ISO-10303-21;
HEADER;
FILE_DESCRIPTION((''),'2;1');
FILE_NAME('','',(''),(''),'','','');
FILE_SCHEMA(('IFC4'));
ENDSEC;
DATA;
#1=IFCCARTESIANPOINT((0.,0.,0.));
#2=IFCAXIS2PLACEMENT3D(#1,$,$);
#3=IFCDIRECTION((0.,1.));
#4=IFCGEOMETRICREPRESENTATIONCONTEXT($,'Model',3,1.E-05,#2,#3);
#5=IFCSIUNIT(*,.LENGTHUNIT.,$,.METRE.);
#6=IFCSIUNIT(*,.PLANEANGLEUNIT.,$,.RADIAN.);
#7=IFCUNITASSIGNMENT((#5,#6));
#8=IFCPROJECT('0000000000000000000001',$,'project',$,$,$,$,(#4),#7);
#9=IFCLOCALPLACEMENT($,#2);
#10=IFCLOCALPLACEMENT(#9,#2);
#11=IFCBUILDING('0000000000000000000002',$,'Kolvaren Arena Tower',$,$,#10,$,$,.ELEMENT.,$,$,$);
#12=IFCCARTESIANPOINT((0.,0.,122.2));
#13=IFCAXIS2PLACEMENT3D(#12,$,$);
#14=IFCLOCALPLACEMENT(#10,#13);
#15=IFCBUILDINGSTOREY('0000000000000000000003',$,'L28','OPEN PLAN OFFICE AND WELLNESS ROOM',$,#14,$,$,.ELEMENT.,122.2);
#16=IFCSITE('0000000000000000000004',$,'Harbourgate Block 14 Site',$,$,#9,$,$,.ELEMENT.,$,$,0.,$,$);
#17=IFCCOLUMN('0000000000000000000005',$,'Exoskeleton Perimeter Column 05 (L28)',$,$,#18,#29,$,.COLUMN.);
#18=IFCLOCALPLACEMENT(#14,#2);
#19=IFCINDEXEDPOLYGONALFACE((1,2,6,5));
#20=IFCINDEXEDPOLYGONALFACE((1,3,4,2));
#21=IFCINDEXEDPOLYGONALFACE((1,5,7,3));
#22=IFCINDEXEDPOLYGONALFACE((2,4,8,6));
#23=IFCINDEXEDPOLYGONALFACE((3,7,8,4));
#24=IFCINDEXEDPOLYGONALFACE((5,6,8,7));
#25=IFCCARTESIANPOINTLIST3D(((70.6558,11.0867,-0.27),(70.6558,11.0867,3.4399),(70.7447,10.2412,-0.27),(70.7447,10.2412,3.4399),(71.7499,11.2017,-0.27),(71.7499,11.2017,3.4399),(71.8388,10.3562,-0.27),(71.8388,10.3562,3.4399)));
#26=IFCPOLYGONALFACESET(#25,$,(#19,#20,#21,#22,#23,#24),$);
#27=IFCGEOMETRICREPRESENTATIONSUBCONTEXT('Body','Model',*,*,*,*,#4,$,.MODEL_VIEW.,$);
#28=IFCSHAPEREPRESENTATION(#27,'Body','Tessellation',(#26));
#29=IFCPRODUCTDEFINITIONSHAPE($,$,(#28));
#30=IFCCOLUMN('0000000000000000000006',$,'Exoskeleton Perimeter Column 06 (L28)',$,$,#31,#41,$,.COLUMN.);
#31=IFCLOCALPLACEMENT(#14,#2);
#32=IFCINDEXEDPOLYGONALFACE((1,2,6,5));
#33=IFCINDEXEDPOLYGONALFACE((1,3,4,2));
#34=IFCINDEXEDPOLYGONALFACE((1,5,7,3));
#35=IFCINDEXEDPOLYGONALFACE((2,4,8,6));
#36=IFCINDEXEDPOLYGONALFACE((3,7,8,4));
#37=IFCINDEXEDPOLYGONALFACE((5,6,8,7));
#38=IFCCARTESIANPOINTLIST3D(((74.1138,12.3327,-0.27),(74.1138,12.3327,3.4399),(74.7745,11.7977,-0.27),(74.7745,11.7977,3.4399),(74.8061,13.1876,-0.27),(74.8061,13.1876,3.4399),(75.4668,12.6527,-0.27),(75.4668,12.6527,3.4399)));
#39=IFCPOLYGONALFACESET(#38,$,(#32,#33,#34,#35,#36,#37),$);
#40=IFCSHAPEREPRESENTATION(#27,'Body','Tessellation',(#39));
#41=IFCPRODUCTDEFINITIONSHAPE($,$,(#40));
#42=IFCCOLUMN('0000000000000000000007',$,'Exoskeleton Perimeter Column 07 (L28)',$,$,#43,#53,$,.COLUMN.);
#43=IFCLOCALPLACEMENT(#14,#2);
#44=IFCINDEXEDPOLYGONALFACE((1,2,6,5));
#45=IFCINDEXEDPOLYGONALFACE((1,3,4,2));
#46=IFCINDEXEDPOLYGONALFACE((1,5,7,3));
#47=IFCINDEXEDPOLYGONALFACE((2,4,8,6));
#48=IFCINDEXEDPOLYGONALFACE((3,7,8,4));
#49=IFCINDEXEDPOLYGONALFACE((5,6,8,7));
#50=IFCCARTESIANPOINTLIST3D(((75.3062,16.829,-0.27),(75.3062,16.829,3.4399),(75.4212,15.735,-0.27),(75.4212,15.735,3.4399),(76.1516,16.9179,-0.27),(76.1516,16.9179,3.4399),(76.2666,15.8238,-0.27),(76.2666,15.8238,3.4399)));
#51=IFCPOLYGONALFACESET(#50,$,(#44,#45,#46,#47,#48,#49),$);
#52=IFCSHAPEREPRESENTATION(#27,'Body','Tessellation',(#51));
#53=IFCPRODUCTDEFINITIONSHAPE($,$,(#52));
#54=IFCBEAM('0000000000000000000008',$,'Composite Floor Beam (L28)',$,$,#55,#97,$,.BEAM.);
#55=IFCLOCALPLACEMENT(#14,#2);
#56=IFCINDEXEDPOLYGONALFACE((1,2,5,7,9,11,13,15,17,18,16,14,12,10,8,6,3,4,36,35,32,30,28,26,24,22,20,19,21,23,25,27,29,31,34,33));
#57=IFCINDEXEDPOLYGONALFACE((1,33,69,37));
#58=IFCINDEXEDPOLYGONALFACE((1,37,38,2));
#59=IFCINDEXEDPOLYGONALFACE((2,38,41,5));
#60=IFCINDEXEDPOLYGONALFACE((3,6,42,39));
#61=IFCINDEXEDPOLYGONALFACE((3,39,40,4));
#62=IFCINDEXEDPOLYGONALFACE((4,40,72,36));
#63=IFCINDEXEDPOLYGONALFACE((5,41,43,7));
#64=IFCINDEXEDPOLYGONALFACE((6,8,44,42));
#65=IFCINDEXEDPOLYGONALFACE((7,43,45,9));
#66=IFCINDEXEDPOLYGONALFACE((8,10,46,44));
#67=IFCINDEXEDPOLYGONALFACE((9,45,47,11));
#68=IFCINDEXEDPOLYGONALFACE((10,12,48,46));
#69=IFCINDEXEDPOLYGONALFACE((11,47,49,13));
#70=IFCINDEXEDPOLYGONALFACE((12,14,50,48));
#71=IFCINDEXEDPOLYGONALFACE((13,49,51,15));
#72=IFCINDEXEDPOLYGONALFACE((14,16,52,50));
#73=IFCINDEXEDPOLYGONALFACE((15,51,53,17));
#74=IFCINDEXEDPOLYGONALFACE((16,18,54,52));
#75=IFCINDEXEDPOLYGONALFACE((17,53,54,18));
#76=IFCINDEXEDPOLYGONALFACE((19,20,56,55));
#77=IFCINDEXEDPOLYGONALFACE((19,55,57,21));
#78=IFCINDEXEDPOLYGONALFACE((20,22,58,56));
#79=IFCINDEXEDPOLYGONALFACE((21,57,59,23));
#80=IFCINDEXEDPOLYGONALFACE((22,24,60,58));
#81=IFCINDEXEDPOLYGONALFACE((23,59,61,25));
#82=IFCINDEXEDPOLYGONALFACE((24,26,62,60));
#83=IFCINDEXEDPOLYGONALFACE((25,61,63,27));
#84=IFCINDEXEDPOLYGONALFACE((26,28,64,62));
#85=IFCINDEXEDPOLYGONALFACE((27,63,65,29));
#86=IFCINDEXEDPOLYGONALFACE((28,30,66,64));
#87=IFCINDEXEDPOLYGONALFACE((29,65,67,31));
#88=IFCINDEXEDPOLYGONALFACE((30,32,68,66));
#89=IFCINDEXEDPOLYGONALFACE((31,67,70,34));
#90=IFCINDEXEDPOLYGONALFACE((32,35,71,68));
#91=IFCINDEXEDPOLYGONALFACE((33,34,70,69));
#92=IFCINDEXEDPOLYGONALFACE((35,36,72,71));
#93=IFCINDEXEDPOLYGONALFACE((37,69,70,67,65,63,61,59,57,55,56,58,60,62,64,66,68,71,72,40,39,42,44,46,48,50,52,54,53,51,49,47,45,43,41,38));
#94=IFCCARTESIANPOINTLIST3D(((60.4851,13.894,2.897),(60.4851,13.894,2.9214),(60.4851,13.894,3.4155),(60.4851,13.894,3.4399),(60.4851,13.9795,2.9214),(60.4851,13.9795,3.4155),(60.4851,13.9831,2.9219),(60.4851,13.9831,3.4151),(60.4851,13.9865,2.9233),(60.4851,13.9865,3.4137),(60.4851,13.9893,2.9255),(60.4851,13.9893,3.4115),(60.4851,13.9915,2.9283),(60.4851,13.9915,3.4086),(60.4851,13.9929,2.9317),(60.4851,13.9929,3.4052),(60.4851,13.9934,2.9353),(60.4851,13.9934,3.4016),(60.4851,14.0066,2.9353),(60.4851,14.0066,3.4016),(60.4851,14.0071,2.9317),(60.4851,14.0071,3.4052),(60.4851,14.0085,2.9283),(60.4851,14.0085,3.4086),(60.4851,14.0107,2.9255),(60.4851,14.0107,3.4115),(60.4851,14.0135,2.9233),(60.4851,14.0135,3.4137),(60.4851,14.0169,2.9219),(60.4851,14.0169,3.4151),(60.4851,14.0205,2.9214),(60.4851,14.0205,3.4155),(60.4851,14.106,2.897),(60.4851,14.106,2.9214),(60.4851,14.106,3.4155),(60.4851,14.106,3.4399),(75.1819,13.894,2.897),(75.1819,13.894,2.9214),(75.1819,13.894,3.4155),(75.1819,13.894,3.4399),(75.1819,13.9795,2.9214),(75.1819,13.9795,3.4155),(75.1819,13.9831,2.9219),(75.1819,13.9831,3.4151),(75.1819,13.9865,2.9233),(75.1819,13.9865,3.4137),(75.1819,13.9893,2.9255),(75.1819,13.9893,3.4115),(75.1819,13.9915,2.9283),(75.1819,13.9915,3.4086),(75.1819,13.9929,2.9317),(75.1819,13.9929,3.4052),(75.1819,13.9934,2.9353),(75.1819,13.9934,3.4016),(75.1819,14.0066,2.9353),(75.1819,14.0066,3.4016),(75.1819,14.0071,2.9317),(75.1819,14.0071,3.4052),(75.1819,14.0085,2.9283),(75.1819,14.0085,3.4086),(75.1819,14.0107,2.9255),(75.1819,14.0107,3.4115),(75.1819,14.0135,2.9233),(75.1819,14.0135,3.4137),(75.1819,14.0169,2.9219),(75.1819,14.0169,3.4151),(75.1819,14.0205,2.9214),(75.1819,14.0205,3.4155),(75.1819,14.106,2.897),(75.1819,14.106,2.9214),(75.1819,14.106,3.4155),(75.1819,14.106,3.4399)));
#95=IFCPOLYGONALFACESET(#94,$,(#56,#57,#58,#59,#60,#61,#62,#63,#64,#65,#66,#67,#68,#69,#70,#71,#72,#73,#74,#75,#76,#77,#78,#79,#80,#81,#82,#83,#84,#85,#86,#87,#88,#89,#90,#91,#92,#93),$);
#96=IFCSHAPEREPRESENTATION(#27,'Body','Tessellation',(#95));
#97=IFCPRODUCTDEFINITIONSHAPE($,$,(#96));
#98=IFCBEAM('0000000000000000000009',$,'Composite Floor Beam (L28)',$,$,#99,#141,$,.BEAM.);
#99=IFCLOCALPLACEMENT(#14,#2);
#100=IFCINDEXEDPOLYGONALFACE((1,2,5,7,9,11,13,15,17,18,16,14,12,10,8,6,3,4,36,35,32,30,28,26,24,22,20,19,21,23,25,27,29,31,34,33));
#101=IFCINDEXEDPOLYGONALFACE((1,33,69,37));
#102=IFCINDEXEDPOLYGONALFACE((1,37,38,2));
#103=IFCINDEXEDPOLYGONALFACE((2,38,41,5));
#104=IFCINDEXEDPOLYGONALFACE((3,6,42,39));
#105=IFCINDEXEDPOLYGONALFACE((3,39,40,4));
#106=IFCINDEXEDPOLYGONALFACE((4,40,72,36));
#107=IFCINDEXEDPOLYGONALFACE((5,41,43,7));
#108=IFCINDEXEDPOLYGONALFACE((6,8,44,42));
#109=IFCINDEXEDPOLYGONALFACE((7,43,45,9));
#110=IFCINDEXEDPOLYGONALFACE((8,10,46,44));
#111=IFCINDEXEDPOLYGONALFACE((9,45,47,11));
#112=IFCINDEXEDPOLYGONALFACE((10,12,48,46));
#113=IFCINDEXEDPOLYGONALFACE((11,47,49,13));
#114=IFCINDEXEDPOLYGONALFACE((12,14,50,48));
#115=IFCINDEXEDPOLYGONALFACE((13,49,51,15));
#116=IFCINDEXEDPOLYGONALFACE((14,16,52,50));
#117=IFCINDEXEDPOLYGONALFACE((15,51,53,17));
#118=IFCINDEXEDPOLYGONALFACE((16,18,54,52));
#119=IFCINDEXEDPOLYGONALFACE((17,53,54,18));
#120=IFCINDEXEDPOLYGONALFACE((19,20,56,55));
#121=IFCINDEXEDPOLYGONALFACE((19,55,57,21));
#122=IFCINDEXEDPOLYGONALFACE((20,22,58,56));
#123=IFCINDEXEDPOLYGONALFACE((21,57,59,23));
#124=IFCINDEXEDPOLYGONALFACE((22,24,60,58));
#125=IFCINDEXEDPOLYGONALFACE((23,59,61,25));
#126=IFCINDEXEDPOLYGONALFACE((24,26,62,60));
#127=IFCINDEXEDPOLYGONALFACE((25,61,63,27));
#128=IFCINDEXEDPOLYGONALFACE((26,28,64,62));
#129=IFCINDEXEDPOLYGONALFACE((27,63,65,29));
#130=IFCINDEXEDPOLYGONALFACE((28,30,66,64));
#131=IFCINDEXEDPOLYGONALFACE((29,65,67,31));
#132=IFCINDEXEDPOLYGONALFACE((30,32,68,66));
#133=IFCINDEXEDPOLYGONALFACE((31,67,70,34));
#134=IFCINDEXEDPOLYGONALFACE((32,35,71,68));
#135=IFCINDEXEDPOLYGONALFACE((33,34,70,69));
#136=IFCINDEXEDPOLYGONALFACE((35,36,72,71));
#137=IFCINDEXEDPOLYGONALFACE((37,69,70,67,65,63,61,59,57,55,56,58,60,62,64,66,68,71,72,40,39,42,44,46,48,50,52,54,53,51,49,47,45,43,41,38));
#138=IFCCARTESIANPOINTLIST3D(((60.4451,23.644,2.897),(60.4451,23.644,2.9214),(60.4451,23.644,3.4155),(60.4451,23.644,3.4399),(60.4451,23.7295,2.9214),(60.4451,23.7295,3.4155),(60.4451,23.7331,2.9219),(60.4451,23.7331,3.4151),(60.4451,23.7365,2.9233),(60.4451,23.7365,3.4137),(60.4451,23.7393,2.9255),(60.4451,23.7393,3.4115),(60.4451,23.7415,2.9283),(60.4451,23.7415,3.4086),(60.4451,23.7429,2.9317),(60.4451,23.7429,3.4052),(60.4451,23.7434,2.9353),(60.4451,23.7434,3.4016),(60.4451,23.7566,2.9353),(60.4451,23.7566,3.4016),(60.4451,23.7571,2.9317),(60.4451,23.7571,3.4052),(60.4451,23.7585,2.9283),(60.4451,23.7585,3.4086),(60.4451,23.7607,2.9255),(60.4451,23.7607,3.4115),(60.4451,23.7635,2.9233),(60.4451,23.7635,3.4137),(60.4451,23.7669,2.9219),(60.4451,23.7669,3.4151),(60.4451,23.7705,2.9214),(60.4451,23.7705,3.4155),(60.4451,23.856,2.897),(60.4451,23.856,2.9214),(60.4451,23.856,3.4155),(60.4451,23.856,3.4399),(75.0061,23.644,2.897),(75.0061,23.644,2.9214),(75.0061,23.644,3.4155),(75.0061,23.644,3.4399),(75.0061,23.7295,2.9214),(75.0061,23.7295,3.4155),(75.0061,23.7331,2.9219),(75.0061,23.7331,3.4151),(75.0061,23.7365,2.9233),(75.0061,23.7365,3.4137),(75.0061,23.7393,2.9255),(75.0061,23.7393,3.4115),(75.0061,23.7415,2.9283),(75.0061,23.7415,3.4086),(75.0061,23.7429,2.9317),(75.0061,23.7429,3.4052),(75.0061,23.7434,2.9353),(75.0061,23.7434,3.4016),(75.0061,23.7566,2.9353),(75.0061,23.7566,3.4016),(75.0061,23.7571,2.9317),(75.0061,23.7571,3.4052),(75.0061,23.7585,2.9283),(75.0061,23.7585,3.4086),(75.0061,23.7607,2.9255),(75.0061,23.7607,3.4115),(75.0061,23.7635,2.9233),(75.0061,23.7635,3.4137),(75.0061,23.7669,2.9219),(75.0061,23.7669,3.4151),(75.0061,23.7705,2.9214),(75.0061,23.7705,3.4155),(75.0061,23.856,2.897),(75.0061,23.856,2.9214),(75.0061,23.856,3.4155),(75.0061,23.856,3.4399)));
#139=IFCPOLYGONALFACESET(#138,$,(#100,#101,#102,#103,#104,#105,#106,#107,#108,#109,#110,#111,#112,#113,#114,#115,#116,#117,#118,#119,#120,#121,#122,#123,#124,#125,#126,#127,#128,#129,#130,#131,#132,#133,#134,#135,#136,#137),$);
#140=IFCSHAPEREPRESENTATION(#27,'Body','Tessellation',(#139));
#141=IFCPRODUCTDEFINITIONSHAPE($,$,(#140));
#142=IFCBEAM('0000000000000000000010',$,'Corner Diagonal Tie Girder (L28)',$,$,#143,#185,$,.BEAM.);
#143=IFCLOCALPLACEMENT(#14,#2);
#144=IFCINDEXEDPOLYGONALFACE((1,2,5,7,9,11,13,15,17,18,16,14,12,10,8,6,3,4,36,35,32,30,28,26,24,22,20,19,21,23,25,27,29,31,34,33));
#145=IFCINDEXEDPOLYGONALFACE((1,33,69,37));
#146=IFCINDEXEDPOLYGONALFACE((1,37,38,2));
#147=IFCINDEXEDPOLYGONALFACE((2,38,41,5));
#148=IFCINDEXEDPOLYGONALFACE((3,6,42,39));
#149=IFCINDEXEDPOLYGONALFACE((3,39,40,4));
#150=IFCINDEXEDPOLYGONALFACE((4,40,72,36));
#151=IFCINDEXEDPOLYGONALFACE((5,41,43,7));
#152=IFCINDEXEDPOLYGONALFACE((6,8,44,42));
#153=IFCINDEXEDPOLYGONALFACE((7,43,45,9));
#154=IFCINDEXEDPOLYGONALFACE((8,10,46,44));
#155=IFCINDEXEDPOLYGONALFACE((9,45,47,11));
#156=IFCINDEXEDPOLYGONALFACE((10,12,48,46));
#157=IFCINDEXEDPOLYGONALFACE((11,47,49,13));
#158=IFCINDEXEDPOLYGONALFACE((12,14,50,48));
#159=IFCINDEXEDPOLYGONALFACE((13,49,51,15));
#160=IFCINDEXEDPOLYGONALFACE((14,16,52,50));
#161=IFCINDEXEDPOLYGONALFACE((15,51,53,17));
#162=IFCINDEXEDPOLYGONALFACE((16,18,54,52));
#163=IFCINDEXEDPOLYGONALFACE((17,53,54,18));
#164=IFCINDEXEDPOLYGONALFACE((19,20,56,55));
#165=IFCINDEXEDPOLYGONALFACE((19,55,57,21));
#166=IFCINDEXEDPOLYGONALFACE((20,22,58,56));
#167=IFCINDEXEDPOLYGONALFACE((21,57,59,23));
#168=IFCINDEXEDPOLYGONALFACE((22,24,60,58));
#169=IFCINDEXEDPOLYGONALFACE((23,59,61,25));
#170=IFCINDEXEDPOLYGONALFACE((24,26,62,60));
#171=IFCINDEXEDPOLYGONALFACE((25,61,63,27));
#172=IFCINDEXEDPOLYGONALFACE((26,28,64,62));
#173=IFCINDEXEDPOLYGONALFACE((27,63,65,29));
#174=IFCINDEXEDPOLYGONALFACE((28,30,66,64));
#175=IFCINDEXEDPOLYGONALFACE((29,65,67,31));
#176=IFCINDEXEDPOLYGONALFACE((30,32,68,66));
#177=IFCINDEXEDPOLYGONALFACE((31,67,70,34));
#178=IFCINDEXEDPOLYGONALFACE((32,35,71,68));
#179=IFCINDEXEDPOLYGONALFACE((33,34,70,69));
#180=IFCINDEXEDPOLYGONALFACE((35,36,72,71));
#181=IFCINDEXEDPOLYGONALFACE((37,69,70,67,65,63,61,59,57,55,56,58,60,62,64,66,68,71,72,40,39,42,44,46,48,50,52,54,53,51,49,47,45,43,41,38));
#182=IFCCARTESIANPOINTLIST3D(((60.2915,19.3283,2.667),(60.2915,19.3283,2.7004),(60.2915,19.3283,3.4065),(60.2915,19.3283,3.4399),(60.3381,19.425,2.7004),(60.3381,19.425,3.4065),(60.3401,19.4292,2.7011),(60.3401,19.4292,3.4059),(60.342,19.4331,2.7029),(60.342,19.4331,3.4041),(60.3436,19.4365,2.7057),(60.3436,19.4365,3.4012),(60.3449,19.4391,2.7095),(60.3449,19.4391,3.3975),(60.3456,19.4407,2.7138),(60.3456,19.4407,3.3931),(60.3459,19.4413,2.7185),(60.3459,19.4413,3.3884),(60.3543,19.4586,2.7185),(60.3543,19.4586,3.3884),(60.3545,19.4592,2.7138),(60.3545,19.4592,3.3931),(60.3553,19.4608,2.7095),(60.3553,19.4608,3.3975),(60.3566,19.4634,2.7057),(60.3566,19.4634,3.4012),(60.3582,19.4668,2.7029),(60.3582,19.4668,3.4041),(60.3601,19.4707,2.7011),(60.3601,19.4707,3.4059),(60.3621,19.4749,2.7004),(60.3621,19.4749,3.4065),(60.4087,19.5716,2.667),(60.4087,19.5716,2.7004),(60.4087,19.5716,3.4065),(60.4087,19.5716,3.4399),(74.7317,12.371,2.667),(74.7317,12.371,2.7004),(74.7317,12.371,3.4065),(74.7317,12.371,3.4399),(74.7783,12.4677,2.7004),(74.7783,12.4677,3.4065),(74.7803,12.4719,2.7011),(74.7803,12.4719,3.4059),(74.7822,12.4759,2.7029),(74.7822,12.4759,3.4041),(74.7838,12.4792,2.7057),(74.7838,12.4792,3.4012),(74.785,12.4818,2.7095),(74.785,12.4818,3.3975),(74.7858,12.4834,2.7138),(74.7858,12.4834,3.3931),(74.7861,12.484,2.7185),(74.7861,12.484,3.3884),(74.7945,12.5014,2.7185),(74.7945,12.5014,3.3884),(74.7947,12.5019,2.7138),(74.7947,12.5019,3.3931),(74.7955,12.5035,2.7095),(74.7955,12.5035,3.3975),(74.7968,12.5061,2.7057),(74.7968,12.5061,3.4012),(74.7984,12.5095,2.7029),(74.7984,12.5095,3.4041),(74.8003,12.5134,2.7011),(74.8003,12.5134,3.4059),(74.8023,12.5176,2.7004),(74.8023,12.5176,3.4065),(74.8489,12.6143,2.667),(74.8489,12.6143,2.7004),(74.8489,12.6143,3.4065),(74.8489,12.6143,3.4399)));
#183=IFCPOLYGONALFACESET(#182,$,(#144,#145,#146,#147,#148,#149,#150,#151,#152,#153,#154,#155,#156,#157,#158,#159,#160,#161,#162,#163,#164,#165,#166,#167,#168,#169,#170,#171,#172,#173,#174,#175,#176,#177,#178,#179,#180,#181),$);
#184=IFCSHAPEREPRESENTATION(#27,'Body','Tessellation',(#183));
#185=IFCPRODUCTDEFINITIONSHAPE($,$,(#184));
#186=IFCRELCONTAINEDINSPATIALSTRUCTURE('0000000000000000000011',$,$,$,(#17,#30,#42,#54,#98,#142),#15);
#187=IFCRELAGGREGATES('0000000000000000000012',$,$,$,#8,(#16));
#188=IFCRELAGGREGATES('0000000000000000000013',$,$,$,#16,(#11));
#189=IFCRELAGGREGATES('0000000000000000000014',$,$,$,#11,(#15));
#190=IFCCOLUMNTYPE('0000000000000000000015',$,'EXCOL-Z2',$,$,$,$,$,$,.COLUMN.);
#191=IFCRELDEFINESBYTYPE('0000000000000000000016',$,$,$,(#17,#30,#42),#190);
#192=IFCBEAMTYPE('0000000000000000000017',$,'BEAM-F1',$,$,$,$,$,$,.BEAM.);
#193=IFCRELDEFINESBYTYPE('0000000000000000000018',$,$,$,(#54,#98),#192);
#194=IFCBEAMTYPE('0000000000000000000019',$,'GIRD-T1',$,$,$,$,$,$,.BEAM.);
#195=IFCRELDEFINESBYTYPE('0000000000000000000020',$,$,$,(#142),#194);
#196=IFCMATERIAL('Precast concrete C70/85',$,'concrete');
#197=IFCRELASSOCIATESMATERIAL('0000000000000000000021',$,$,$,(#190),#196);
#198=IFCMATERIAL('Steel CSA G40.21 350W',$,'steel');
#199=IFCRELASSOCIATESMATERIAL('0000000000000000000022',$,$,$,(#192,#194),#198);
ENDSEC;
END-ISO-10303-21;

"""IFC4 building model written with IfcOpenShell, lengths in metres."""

from ifc_helpers import new_model, si_unit, direction, frame, origin, origin_2d, place, context, subcontext, project, spatial, rectangle, i_section, extrude, material, material_profile, profile_set, type_object, element, save


model = new_model("IFC4")

# Units and contexts
model_context = context("Model", 3, precision=1e-05, world=origin(), true_north=direction((0.0, 1.0)))
body_context = subcontext(model_context, "Body", "Model", "MODEL_VIEW")
ifc_project = project(units=[si_unit("LENGTHUNIT", "METRE"), si_unit("PLANEANGLEUNIT", "RADIAN")], contexts=[model_context])

# Site, building, storey
site_placement = place(None, origin())
site = spatial("IfcSite", under=ifc_project, at=site_placement, Name="Harbourgate Block 14 Site", CompositionType="ELEMENT", RefElevation=0.0)
building_placement = place(site_placement, origin())
building = spatial("IfcBuilding", under=site, at=building_placement, Name="Kolvaren Arena Tower", CompositionType="ELEMENT")
storey_placement = place(building_placement, frame((0.0, 0.0, 122.2)))
storey = spatial("IfcBuildingStorey", under=building, at=storey_placement, Name="L28", Description="OPEN PLAN OFFICE AND WELLNESS ROOM", CompositionType="ELEMENT", Elevation=122.2)

# Columns
ifc_material_1 = material(Name="Precast concrete C70/85", Category="concrete")
ifc_material_profile_1 = material_profile(ifc_material_1, rectangle(XDim=1.1001, YDim=0.8501, at=origin_2d()), Name="RC-1100x850")
ifc_profile_set_1 = profile_set([ifc_material_profile_1], Name="Precast concrete C70/85")
column_type = type_object("IfcColumnType", Name="EXCOL-Z2", PredefinedType="COLUMN", material=ifc_profile_set_1)
for number, where, z_axis, x_axis, name in (
    (1, (71.2473, 10.7214, -0.27), (0.0, 0.0, 1.0), (0.994522, 0.104528, 0.0), "Exoskeleton Perimeter Column 05 (L28)"),
    (2, (74.7903, 12.4927, -0.27), (0.0, 0.0, 1.0), (0.62932, 0.777146, 0.0), "Exoskeleton Perimeter Column 06 (L28)"),
    (3, (75.7864, 16.3264, -0.27), (0.0, 0.0, 1.0), (-0.104528, 0.994522, 0.0), "Exoskeleton Perimeter Column 07 (L28)"),
):
    element("IfcColumn", number, at=place(storey_placement, frame(where, z_axis=z_axis, x_axis=x_axis)), inside=storey, type_object=column_type, Name=name, PredefinedType="COLUMN", context=body_context, shape_type="SweptSolid", body=[
        extrude(rectangle(XDim=1.1001, YDim=0.8501, at=origin_2d()), origin(), (0.0, 0.0, 1.0), 3.71),
    ])

# Beams
ifc_material_2 = material(Name="Steel CSA G40.21 350W", Category="steel")
ifc_material_profile_2 = material_profile(ifc_material_2, i_section(OverallWidth=0.2119, OverallDepth=0.543, WebThickness=0.0132, FlangeThickness=0.0244, FilletRadius=0.0139, at=origin_2d()), Name="W530x150")
ifc_profile_set_2 = profile_set([ifc_material_profile_2], Name="Steel CSA G40.21 350W")
beam_type_1 = type_object("IfcBeamType", Name="BEAM-F1", PredefinedType="BEAM", material=ifc_profile_set_2)
beam_1_placement = place(storey_placement, frame((60.4851, 14.0, 3.1685), z_axis=(1.0, 0.0, 0.0), x_axis=(0.0, 1.0, 0.0)))
element("IfcBeam", 4, at=beam_1_placement, inside=storey, type_object=beam_type_1, Name="Composite Floor Beam (L28)", PredefinedType="BEAM", context=body_context, shape_type="SweptSolid", body=[
    extrude(i_section(OverallWidth=0.2119, OverallDepth=0.543, WebThickness=0.0132, FlangeThickness=0.0244, FilletRadius=0.0139, at=origin_2d()), origin(), (0.0, 0.0, 1.0), 14.6968),
])
beam_2_placement = place(storey_placement, frame((60.4451, 23.75, 3.1685), z_axis=(1.0, 0.0, 0.0), x_axis=(0.0, 1.0, 0.0)))
element("IfcBeam", 5, at=beam_2_placement, inside=storey, type_object=beam_type_1, Name="Composite Floor Beam (L28)", PredefinedType="BEAM", context=body_context, shape_type="SweptSolid", body=[
    extrude(i_section(OverallWidth=0.2119, OverallDepth=0.543, WebThickness=0.0132, FlangeThickness=0.0244, FilletRadius=0.0139, at=origin_2d()), origin(), (0.0, 0.0, 1.0), 14.561),
])
ifc_material_profile_3 = material_profile(ifc_material_2, i_section(OverallWidth=0.27, OverallDepth=0.7729, WebThickness=0.0193, FlangeThickness=0.0334, FilletRadius=0.0181, at=origin_2d()), Name="W760x257")
ifc_profile_set_3 = profile_set([ifc_material_profile_3], Name="Steel CSA G40.21 350W")
beam_type_2 = type_object("IfcBeamType", Name="GIRD-T1", PredefinedType="BEAM", material=ifc_profile_set_3)
beam_3_placement = place(storey_placement, frame((74.7903, 12.4927, 3.0535), z_axis=(-0.90089, 0.434048, 0.0), x_axis=(-0.434048, -0.90089, 0.0)))
element("IfcBeam", 6, at=beam_3_placement, inside=storey, type_object=beam_type_2, Name="Corner Diagonal Tie Girder (L28)", PredefinedType="BEAM", context=body_context, shape_type="SweptSolid", body=[
    extrude(i_section(OverallWidth=0.27, OverallDepth=0.7729, WebThickness=0.0193, FlangeThickness=0.0334, FilletRadius=0.0181, at=origin_2d()), origin(), (0.0, 0.0, 1.0), 16.0288),
])

save(model, "model.ifc")
